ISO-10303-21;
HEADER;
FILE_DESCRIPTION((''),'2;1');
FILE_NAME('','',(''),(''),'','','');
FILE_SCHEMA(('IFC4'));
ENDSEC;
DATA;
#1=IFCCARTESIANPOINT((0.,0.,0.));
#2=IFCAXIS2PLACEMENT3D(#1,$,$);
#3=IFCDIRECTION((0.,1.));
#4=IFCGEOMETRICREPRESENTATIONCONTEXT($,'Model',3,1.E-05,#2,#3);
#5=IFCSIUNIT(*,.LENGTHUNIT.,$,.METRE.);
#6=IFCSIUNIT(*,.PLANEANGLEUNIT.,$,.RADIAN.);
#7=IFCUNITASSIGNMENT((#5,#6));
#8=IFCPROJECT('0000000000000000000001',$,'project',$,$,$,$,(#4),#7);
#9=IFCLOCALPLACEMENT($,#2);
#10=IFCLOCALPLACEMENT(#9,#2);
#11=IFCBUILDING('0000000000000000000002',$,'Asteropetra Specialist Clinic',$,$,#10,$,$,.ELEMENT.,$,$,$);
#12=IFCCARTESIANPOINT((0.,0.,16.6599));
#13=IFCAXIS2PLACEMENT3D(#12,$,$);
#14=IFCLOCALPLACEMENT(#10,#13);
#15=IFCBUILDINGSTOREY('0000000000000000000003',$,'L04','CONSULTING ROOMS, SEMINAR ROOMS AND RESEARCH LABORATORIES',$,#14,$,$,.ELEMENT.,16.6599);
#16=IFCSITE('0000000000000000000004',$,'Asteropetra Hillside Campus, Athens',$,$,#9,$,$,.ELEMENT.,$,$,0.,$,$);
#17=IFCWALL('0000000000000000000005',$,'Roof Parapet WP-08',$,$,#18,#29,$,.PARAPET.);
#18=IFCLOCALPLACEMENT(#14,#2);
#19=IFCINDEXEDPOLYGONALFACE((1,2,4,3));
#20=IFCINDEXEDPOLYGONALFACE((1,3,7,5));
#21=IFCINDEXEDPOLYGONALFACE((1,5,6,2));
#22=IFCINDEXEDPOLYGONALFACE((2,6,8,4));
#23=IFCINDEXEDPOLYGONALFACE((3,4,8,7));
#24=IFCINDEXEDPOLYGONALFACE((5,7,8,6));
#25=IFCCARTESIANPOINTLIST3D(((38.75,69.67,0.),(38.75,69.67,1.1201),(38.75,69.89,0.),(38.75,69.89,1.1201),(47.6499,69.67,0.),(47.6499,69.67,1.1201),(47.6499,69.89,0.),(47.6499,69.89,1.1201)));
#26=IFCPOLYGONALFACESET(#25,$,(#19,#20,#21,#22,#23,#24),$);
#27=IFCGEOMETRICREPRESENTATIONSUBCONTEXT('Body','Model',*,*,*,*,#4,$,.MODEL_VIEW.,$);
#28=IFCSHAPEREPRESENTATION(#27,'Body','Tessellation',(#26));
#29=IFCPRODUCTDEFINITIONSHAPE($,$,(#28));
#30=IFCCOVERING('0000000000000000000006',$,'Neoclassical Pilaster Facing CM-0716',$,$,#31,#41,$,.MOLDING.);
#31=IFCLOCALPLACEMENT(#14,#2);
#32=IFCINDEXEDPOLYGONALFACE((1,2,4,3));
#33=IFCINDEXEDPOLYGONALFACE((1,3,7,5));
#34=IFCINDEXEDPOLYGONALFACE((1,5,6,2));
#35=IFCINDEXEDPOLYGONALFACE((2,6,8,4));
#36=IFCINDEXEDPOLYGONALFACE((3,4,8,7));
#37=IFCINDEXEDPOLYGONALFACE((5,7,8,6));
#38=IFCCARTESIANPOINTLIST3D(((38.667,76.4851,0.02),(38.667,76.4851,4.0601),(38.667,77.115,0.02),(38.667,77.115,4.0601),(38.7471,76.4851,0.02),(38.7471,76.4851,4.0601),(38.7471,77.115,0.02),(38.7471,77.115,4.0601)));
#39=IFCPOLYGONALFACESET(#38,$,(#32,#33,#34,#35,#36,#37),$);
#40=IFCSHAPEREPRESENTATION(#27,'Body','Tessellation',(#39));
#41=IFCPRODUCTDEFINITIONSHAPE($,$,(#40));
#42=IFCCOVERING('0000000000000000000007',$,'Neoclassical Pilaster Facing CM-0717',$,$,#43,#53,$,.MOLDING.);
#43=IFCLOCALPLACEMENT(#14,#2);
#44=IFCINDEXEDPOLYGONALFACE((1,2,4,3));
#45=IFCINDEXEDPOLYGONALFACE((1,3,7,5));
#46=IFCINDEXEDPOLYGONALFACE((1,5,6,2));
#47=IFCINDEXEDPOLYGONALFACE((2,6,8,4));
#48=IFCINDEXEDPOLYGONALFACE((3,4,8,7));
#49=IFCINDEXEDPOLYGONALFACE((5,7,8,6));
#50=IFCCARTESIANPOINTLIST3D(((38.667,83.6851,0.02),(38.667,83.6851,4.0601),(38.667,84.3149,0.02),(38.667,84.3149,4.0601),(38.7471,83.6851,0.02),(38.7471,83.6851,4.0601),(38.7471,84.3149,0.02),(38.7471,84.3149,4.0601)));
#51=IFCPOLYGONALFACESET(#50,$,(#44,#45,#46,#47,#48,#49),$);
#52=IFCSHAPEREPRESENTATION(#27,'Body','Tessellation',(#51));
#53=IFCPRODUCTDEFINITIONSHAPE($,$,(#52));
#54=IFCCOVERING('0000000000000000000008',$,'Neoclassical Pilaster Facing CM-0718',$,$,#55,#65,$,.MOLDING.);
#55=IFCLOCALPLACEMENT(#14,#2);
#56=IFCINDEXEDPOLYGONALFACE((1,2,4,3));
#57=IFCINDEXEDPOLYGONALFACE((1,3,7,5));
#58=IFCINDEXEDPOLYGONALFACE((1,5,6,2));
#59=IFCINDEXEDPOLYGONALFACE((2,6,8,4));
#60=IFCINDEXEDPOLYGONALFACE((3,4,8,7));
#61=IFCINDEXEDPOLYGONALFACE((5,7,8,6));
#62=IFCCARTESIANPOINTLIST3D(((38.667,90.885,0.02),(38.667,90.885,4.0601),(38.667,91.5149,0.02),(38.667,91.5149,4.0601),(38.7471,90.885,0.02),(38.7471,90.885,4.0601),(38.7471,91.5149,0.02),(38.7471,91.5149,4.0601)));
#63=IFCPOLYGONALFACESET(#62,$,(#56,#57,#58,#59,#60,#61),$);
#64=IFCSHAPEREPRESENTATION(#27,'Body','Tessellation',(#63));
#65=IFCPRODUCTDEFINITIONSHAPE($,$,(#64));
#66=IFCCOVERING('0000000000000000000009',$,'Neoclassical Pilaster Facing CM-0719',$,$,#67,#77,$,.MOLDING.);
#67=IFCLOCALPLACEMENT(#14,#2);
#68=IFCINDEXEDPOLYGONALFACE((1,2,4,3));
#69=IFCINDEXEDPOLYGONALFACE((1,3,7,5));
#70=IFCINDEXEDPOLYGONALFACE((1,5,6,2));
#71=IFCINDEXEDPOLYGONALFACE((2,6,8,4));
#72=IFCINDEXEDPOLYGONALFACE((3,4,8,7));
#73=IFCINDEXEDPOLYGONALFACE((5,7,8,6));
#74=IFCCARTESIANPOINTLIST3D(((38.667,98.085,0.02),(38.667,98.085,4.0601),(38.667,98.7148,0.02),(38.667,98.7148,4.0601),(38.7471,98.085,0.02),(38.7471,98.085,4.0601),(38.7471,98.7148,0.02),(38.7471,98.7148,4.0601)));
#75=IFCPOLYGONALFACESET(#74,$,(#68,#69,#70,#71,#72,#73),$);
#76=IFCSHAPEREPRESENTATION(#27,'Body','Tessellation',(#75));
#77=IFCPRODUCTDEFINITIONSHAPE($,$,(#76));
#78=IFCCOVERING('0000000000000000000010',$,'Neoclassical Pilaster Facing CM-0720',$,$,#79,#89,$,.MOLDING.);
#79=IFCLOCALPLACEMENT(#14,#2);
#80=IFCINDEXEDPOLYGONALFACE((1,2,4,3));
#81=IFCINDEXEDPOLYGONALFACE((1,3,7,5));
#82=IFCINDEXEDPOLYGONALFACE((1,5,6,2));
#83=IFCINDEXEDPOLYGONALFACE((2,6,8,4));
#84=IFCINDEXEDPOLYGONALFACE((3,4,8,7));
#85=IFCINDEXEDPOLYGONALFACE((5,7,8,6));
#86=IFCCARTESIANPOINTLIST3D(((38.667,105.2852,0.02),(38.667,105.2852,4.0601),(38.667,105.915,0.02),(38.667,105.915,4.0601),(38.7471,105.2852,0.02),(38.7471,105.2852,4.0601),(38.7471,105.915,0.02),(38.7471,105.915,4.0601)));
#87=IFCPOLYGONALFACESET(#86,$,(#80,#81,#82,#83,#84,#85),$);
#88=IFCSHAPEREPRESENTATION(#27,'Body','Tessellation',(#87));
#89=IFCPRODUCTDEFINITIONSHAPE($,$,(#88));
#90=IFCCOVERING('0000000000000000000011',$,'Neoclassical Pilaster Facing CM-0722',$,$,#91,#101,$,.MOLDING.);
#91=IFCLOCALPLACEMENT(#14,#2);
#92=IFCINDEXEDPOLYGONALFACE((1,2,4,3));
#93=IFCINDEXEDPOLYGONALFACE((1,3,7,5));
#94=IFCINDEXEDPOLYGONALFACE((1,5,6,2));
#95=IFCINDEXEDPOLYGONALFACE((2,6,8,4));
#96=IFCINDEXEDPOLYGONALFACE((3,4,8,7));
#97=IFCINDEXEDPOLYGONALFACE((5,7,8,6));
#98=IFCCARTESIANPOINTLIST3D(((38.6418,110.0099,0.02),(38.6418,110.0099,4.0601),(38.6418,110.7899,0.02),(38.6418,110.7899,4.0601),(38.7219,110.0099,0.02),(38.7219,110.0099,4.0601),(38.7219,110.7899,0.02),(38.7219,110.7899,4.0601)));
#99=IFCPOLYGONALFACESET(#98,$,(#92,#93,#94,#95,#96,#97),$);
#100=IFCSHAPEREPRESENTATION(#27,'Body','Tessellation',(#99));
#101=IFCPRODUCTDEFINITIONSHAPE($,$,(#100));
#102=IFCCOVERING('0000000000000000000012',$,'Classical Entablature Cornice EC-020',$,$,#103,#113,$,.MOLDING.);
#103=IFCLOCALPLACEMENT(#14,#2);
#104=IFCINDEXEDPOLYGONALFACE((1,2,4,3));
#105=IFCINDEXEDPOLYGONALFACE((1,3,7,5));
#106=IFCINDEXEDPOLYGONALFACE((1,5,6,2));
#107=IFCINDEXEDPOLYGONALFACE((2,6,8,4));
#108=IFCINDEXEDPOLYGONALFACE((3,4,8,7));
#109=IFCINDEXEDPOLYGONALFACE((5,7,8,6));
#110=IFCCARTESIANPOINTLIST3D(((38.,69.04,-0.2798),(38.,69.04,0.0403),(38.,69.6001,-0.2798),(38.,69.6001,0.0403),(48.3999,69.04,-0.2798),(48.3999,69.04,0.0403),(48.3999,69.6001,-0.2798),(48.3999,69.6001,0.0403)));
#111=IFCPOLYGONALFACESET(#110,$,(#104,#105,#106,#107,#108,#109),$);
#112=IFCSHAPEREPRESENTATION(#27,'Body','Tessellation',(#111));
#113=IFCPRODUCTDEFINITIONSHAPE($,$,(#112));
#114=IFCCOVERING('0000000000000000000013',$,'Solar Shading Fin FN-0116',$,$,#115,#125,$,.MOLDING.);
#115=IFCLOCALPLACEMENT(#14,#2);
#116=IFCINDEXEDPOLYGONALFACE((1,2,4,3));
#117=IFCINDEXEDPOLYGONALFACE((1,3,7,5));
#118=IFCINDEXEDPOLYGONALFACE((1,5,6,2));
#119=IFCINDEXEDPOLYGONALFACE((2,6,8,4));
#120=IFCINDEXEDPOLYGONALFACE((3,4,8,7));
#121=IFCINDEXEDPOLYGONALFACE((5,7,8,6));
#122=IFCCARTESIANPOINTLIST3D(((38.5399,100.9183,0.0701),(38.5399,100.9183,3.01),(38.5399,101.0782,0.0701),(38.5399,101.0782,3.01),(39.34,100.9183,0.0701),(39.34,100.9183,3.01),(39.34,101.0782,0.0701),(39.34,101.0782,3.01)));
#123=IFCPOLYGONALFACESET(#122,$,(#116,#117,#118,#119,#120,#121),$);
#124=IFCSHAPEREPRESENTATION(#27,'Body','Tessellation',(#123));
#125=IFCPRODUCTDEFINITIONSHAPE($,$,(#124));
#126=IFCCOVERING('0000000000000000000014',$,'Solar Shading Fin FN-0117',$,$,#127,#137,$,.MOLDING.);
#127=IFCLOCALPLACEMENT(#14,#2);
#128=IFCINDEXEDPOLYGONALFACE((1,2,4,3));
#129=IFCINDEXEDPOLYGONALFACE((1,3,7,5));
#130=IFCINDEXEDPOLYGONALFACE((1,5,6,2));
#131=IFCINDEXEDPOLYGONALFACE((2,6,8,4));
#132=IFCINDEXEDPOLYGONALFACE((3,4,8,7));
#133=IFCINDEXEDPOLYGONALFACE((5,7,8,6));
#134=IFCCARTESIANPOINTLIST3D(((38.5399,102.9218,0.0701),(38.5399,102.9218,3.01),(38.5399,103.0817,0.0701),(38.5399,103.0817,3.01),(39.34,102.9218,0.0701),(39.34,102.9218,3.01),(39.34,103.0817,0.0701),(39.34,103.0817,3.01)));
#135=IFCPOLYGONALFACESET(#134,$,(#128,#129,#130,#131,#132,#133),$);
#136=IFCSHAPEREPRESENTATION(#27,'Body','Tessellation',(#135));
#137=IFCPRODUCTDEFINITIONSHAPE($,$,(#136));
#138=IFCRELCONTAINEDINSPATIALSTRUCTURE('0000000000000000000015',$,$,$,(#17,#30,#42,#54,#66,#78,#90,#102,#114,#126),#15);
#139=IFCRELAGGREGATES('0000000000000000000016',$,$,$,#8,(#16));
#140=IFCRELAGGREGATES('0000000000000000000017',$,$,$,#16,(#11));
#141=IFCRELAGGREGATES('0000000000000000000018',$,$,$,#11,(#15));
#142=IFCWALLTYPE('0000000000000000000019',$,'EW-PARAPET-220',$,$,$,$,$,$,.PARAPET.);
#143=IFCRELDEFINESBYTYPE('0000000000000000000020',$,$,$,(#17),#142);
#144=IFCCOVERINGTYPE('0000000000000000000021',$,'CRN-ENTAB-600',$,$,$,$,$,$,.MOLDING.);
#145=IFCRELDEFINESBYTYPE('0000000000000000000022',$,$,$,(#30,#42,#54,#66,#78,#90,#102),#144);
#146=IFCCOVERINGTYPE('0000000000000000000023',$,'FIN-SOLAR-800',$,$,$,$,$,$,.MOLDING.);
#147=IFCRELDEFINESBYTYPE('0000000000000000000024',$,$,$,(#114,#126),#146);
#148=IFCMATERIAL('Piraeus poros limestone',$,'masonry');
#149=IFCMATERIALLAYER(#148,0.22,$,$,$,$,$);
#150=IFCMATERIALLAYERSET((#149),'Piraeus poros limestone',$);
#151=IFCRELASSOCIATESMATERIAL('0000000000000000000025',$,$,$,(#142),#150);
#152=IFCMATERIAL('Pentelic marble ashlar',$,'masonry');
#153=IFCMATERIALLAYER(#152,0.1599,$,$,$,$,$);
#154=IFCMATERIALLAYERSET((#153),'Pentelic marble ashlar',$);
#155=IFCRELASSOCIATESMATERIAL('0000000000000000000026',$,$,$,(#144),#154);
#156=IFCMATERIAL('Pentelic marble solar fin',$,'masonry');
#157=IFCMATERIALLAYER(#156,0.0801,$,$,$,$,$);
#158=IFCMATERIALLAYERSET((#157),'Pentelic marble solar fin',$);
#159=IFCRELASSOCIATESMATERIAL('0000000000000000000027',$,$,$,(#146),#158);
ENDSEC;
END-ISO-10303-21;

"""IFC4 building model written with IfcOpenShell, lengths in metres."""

from ifc_helpers import new_model, si_unit, direction, frame, frame_2d, origin, origin_2d, place, context, subcontext, project, spatial, rectangle, extrude, material, layer, layer_set, type_object, element, save


model = new_model("IFC4")

# Units and contexts
model_context = context("Model", 3, precision=1e-05, world=origin(), true_north=direction((0.0, 1.0)))
body_context = subcontext(model_context, "Body", "Model", "MODEL_VIEW")
ifc_project = project(units=[si_unit("LENGTHUNIT", "METRE"), si_unit("PLANEANGLEUNIT", "RADIAN")], contexts=[model_context])

# Site, building, storey
site_placement = place(None, origin())
site = spatial("IfcSite", under=ifc_project, at=site_placement, Name="Asteropetra Hillside Campus, Athens", CompositionType="ELEMENT", RefElevation=0.0)
building_placement = place(site_placement, origin())
building = spatial("IfcBuilding", under=site, at=building_placement, Name="Asteropetra Specialist Clinic", CompositionType="ELEMENT")
storey_placement = place(building_placement, frame((0.0, 0.0, 16.6599)))
storey = spatial("IfcBuildingStorey", under=building, at=storey_placement, Name="L04", Description="CONSULTING ROOMS, SEMINAR ROOMS AND RESEARCH LABORATORIES", CompositionType="ELEMENT", Elevation=16.6599)

# Wall
ifc_material_1 = material(Name="Piraeus poros limestone", Category="masonry")
ifc_layer_1 = layer(ifc_material_1, 0.22)
ifc_layer_set_1 = layer_set([ifc_layer_1], Name="Piraeus poros limestone")
wall_type = type_object("IfcWallType", Name="EW-PARAPET-220", PredefinedType="PARAPET", material=ifc_layer_set_1)
for number, where, z_axis, x_axis, name in (
    (1, (38.75, 69.78, 0.0), (0.0, 0.0, 1.0), (1.0, 0.0, 0.0), "Roof Parapet WP-08"),
):
    element("IfcWall", number, at=place(storey_placement, frame(where, z_axis=z_axis, x_axis=x_axis)), inside=storey, type_object=wall_type, Name=name, PredefinedType="PARAPET", context=body_context, shape_type="SweptSolid", body=[
        extrude(rectangle(XDim=8.8999, YDim=0.22, at=frame_2d((4.45, 0.0))), origin(), (0.0, 0.0, 1.0), 1.1201),
    ])

# Coverings
ifc_material_2 = material(Name="Pentelic marble ashlar", Category="masonry")
ifc_layer_2 = layer(ifc_material_2, 0.1599)
ifc_layer_set_2 = layer_set([ifc_layer_2], Name="Pentelic marble ashlar")
covering_type_1 = type_object("IfcCoveringType", Name="CRN-ENTAB-600", PredefinedType="MOLDING", material=ifc_layer_set_2)
for number, where, z_axis, x_axis, name in (
    (2, (38.707, 76.8, 0.02), (0.0, 0.0, 1.0), (1.0, 0.0, 0.0), "Neoclassical Pilaster Facing CM-0716"),
    (3, (38.707, 84.0, 0.02), (0.0, 0.0, 1.0), (1.0, 0.0, 0.0), "Neoclassical Pilaster Facing CM-0717"),
    (4, (38.707, 91.2, 0.02), (0.0, 0.0, 1.0), (1.0, 0.0, 0.0), "Neoclassical Pilaster Facing CM-0718"),
    (5, (38.707, 98.3999, 0.02), (0.0, 0.0, 1.0), (1.0, 0.0, 0.0), "Neoclassical Pilaster Facing CM-0719"),
    (6, (38.707, 105.6001, 0.02), (0.0, 0.0, 1.0), (1.0, 0.0, 0.0), "Neoclassical Pilaster Facing CM-0720"),
):
    element("IfcCovering", number, at=place(storey_placement, frame(where, z_axis=z_axis, x_axis=x_axis)), inside=storey, type_object=covering_type_1, Name=name, PredefinedType="MOLDING", context=body_context, shape_type="SweptSolid", body=[
        extrude(rectangle(XDim=0.0801, YDim=0.6299, at=origin_2d()), origin(), (0.0, 0.0, 1.0), 4.04),
    ])
covering_1_placement = place(storey_placement, frame((38.6819, 110.3999, 0.02), z_axis=(0.0, 0.0, 1.0), x_axis=(1.0, 0.0, 0.0)))
element("IfcCovering", 7, at=covering_1_placement, inside=storey, type_object=covering_type_1, Name="Neoclassical Pilaster Facing CM-0722", PredefinedType="MOLDING", context=body_context, shape_type="SweptSolid", body=[
    extrude(rectangle(XDim=0.0801, YDim=0.78, at=origin_2d()), origin(), (0.0, 0.0, 1.0), 4.04),
])
covering_2_placement = place(storey_placement, frame((43.2, 69.3201, -0.2798), z_axis=(0.0, 0.0, 1.0), x_axis=(1.0, 0.0, 0.0)))
element("IfcCovering", 8, at=covering_2_placement, inside=storey, type_object=covering_type_1, Name="Classical Entablature Cornice EC-020", PredefinedType="MOLDING", context=body_context, shape_type="SweptSolid", body=[
    extrude(rectangle(XDim=10.3999, YDim=0.5601, at=origin_2d()), origin(), (0.0, 0.0, 1.0), 0.3201),
])
ifc_material_3 = material(Name="Pentelic marble solar fin", Category="masonry")
ifc_layer_3 = layer(ifc_material_3, 0.0801)
ifc_layer_set_3 = layer_set([ifc_layer_3], Name="Pentelic marble solar fin")
covering_type_2 = type_object("IfcCoveringType", Name="FIN-SOLAR-800", PredefinedType="MOLDING", material=ifc_layer_set_3)
for number, where, z_axis, x_axis, name in (
    (9, (38.9399, 100.9983, 0.0701), (0.0, 0.0, 1.0), (1.0, 0.0, 0.0), "Solar Shading Fin FN-0116"),
    (10, (38.9399, 103.0017, 0.0701), (0.0, 0.0, 1.0), (1.0, 0.0, 0.0), "Solar Shading Fin FN-0117"),
):
    element("IfcCovering", number, at=place(storey_placement, frame(where, z_axis=z_axis, x_axis=x_axis)), inside=storey, type_object=covering_type_2, Name=name, PredefinedType="MOLDING", context=body_context, shape_type="SweptSolid", body=[
        extrude(rectangle(XDim=0.8, YDim=0.1599, at=origin_2d()), origin(), (0.0, 0.0, 1.0), 2.9399),
    ])

save(model, "model.ifc")
